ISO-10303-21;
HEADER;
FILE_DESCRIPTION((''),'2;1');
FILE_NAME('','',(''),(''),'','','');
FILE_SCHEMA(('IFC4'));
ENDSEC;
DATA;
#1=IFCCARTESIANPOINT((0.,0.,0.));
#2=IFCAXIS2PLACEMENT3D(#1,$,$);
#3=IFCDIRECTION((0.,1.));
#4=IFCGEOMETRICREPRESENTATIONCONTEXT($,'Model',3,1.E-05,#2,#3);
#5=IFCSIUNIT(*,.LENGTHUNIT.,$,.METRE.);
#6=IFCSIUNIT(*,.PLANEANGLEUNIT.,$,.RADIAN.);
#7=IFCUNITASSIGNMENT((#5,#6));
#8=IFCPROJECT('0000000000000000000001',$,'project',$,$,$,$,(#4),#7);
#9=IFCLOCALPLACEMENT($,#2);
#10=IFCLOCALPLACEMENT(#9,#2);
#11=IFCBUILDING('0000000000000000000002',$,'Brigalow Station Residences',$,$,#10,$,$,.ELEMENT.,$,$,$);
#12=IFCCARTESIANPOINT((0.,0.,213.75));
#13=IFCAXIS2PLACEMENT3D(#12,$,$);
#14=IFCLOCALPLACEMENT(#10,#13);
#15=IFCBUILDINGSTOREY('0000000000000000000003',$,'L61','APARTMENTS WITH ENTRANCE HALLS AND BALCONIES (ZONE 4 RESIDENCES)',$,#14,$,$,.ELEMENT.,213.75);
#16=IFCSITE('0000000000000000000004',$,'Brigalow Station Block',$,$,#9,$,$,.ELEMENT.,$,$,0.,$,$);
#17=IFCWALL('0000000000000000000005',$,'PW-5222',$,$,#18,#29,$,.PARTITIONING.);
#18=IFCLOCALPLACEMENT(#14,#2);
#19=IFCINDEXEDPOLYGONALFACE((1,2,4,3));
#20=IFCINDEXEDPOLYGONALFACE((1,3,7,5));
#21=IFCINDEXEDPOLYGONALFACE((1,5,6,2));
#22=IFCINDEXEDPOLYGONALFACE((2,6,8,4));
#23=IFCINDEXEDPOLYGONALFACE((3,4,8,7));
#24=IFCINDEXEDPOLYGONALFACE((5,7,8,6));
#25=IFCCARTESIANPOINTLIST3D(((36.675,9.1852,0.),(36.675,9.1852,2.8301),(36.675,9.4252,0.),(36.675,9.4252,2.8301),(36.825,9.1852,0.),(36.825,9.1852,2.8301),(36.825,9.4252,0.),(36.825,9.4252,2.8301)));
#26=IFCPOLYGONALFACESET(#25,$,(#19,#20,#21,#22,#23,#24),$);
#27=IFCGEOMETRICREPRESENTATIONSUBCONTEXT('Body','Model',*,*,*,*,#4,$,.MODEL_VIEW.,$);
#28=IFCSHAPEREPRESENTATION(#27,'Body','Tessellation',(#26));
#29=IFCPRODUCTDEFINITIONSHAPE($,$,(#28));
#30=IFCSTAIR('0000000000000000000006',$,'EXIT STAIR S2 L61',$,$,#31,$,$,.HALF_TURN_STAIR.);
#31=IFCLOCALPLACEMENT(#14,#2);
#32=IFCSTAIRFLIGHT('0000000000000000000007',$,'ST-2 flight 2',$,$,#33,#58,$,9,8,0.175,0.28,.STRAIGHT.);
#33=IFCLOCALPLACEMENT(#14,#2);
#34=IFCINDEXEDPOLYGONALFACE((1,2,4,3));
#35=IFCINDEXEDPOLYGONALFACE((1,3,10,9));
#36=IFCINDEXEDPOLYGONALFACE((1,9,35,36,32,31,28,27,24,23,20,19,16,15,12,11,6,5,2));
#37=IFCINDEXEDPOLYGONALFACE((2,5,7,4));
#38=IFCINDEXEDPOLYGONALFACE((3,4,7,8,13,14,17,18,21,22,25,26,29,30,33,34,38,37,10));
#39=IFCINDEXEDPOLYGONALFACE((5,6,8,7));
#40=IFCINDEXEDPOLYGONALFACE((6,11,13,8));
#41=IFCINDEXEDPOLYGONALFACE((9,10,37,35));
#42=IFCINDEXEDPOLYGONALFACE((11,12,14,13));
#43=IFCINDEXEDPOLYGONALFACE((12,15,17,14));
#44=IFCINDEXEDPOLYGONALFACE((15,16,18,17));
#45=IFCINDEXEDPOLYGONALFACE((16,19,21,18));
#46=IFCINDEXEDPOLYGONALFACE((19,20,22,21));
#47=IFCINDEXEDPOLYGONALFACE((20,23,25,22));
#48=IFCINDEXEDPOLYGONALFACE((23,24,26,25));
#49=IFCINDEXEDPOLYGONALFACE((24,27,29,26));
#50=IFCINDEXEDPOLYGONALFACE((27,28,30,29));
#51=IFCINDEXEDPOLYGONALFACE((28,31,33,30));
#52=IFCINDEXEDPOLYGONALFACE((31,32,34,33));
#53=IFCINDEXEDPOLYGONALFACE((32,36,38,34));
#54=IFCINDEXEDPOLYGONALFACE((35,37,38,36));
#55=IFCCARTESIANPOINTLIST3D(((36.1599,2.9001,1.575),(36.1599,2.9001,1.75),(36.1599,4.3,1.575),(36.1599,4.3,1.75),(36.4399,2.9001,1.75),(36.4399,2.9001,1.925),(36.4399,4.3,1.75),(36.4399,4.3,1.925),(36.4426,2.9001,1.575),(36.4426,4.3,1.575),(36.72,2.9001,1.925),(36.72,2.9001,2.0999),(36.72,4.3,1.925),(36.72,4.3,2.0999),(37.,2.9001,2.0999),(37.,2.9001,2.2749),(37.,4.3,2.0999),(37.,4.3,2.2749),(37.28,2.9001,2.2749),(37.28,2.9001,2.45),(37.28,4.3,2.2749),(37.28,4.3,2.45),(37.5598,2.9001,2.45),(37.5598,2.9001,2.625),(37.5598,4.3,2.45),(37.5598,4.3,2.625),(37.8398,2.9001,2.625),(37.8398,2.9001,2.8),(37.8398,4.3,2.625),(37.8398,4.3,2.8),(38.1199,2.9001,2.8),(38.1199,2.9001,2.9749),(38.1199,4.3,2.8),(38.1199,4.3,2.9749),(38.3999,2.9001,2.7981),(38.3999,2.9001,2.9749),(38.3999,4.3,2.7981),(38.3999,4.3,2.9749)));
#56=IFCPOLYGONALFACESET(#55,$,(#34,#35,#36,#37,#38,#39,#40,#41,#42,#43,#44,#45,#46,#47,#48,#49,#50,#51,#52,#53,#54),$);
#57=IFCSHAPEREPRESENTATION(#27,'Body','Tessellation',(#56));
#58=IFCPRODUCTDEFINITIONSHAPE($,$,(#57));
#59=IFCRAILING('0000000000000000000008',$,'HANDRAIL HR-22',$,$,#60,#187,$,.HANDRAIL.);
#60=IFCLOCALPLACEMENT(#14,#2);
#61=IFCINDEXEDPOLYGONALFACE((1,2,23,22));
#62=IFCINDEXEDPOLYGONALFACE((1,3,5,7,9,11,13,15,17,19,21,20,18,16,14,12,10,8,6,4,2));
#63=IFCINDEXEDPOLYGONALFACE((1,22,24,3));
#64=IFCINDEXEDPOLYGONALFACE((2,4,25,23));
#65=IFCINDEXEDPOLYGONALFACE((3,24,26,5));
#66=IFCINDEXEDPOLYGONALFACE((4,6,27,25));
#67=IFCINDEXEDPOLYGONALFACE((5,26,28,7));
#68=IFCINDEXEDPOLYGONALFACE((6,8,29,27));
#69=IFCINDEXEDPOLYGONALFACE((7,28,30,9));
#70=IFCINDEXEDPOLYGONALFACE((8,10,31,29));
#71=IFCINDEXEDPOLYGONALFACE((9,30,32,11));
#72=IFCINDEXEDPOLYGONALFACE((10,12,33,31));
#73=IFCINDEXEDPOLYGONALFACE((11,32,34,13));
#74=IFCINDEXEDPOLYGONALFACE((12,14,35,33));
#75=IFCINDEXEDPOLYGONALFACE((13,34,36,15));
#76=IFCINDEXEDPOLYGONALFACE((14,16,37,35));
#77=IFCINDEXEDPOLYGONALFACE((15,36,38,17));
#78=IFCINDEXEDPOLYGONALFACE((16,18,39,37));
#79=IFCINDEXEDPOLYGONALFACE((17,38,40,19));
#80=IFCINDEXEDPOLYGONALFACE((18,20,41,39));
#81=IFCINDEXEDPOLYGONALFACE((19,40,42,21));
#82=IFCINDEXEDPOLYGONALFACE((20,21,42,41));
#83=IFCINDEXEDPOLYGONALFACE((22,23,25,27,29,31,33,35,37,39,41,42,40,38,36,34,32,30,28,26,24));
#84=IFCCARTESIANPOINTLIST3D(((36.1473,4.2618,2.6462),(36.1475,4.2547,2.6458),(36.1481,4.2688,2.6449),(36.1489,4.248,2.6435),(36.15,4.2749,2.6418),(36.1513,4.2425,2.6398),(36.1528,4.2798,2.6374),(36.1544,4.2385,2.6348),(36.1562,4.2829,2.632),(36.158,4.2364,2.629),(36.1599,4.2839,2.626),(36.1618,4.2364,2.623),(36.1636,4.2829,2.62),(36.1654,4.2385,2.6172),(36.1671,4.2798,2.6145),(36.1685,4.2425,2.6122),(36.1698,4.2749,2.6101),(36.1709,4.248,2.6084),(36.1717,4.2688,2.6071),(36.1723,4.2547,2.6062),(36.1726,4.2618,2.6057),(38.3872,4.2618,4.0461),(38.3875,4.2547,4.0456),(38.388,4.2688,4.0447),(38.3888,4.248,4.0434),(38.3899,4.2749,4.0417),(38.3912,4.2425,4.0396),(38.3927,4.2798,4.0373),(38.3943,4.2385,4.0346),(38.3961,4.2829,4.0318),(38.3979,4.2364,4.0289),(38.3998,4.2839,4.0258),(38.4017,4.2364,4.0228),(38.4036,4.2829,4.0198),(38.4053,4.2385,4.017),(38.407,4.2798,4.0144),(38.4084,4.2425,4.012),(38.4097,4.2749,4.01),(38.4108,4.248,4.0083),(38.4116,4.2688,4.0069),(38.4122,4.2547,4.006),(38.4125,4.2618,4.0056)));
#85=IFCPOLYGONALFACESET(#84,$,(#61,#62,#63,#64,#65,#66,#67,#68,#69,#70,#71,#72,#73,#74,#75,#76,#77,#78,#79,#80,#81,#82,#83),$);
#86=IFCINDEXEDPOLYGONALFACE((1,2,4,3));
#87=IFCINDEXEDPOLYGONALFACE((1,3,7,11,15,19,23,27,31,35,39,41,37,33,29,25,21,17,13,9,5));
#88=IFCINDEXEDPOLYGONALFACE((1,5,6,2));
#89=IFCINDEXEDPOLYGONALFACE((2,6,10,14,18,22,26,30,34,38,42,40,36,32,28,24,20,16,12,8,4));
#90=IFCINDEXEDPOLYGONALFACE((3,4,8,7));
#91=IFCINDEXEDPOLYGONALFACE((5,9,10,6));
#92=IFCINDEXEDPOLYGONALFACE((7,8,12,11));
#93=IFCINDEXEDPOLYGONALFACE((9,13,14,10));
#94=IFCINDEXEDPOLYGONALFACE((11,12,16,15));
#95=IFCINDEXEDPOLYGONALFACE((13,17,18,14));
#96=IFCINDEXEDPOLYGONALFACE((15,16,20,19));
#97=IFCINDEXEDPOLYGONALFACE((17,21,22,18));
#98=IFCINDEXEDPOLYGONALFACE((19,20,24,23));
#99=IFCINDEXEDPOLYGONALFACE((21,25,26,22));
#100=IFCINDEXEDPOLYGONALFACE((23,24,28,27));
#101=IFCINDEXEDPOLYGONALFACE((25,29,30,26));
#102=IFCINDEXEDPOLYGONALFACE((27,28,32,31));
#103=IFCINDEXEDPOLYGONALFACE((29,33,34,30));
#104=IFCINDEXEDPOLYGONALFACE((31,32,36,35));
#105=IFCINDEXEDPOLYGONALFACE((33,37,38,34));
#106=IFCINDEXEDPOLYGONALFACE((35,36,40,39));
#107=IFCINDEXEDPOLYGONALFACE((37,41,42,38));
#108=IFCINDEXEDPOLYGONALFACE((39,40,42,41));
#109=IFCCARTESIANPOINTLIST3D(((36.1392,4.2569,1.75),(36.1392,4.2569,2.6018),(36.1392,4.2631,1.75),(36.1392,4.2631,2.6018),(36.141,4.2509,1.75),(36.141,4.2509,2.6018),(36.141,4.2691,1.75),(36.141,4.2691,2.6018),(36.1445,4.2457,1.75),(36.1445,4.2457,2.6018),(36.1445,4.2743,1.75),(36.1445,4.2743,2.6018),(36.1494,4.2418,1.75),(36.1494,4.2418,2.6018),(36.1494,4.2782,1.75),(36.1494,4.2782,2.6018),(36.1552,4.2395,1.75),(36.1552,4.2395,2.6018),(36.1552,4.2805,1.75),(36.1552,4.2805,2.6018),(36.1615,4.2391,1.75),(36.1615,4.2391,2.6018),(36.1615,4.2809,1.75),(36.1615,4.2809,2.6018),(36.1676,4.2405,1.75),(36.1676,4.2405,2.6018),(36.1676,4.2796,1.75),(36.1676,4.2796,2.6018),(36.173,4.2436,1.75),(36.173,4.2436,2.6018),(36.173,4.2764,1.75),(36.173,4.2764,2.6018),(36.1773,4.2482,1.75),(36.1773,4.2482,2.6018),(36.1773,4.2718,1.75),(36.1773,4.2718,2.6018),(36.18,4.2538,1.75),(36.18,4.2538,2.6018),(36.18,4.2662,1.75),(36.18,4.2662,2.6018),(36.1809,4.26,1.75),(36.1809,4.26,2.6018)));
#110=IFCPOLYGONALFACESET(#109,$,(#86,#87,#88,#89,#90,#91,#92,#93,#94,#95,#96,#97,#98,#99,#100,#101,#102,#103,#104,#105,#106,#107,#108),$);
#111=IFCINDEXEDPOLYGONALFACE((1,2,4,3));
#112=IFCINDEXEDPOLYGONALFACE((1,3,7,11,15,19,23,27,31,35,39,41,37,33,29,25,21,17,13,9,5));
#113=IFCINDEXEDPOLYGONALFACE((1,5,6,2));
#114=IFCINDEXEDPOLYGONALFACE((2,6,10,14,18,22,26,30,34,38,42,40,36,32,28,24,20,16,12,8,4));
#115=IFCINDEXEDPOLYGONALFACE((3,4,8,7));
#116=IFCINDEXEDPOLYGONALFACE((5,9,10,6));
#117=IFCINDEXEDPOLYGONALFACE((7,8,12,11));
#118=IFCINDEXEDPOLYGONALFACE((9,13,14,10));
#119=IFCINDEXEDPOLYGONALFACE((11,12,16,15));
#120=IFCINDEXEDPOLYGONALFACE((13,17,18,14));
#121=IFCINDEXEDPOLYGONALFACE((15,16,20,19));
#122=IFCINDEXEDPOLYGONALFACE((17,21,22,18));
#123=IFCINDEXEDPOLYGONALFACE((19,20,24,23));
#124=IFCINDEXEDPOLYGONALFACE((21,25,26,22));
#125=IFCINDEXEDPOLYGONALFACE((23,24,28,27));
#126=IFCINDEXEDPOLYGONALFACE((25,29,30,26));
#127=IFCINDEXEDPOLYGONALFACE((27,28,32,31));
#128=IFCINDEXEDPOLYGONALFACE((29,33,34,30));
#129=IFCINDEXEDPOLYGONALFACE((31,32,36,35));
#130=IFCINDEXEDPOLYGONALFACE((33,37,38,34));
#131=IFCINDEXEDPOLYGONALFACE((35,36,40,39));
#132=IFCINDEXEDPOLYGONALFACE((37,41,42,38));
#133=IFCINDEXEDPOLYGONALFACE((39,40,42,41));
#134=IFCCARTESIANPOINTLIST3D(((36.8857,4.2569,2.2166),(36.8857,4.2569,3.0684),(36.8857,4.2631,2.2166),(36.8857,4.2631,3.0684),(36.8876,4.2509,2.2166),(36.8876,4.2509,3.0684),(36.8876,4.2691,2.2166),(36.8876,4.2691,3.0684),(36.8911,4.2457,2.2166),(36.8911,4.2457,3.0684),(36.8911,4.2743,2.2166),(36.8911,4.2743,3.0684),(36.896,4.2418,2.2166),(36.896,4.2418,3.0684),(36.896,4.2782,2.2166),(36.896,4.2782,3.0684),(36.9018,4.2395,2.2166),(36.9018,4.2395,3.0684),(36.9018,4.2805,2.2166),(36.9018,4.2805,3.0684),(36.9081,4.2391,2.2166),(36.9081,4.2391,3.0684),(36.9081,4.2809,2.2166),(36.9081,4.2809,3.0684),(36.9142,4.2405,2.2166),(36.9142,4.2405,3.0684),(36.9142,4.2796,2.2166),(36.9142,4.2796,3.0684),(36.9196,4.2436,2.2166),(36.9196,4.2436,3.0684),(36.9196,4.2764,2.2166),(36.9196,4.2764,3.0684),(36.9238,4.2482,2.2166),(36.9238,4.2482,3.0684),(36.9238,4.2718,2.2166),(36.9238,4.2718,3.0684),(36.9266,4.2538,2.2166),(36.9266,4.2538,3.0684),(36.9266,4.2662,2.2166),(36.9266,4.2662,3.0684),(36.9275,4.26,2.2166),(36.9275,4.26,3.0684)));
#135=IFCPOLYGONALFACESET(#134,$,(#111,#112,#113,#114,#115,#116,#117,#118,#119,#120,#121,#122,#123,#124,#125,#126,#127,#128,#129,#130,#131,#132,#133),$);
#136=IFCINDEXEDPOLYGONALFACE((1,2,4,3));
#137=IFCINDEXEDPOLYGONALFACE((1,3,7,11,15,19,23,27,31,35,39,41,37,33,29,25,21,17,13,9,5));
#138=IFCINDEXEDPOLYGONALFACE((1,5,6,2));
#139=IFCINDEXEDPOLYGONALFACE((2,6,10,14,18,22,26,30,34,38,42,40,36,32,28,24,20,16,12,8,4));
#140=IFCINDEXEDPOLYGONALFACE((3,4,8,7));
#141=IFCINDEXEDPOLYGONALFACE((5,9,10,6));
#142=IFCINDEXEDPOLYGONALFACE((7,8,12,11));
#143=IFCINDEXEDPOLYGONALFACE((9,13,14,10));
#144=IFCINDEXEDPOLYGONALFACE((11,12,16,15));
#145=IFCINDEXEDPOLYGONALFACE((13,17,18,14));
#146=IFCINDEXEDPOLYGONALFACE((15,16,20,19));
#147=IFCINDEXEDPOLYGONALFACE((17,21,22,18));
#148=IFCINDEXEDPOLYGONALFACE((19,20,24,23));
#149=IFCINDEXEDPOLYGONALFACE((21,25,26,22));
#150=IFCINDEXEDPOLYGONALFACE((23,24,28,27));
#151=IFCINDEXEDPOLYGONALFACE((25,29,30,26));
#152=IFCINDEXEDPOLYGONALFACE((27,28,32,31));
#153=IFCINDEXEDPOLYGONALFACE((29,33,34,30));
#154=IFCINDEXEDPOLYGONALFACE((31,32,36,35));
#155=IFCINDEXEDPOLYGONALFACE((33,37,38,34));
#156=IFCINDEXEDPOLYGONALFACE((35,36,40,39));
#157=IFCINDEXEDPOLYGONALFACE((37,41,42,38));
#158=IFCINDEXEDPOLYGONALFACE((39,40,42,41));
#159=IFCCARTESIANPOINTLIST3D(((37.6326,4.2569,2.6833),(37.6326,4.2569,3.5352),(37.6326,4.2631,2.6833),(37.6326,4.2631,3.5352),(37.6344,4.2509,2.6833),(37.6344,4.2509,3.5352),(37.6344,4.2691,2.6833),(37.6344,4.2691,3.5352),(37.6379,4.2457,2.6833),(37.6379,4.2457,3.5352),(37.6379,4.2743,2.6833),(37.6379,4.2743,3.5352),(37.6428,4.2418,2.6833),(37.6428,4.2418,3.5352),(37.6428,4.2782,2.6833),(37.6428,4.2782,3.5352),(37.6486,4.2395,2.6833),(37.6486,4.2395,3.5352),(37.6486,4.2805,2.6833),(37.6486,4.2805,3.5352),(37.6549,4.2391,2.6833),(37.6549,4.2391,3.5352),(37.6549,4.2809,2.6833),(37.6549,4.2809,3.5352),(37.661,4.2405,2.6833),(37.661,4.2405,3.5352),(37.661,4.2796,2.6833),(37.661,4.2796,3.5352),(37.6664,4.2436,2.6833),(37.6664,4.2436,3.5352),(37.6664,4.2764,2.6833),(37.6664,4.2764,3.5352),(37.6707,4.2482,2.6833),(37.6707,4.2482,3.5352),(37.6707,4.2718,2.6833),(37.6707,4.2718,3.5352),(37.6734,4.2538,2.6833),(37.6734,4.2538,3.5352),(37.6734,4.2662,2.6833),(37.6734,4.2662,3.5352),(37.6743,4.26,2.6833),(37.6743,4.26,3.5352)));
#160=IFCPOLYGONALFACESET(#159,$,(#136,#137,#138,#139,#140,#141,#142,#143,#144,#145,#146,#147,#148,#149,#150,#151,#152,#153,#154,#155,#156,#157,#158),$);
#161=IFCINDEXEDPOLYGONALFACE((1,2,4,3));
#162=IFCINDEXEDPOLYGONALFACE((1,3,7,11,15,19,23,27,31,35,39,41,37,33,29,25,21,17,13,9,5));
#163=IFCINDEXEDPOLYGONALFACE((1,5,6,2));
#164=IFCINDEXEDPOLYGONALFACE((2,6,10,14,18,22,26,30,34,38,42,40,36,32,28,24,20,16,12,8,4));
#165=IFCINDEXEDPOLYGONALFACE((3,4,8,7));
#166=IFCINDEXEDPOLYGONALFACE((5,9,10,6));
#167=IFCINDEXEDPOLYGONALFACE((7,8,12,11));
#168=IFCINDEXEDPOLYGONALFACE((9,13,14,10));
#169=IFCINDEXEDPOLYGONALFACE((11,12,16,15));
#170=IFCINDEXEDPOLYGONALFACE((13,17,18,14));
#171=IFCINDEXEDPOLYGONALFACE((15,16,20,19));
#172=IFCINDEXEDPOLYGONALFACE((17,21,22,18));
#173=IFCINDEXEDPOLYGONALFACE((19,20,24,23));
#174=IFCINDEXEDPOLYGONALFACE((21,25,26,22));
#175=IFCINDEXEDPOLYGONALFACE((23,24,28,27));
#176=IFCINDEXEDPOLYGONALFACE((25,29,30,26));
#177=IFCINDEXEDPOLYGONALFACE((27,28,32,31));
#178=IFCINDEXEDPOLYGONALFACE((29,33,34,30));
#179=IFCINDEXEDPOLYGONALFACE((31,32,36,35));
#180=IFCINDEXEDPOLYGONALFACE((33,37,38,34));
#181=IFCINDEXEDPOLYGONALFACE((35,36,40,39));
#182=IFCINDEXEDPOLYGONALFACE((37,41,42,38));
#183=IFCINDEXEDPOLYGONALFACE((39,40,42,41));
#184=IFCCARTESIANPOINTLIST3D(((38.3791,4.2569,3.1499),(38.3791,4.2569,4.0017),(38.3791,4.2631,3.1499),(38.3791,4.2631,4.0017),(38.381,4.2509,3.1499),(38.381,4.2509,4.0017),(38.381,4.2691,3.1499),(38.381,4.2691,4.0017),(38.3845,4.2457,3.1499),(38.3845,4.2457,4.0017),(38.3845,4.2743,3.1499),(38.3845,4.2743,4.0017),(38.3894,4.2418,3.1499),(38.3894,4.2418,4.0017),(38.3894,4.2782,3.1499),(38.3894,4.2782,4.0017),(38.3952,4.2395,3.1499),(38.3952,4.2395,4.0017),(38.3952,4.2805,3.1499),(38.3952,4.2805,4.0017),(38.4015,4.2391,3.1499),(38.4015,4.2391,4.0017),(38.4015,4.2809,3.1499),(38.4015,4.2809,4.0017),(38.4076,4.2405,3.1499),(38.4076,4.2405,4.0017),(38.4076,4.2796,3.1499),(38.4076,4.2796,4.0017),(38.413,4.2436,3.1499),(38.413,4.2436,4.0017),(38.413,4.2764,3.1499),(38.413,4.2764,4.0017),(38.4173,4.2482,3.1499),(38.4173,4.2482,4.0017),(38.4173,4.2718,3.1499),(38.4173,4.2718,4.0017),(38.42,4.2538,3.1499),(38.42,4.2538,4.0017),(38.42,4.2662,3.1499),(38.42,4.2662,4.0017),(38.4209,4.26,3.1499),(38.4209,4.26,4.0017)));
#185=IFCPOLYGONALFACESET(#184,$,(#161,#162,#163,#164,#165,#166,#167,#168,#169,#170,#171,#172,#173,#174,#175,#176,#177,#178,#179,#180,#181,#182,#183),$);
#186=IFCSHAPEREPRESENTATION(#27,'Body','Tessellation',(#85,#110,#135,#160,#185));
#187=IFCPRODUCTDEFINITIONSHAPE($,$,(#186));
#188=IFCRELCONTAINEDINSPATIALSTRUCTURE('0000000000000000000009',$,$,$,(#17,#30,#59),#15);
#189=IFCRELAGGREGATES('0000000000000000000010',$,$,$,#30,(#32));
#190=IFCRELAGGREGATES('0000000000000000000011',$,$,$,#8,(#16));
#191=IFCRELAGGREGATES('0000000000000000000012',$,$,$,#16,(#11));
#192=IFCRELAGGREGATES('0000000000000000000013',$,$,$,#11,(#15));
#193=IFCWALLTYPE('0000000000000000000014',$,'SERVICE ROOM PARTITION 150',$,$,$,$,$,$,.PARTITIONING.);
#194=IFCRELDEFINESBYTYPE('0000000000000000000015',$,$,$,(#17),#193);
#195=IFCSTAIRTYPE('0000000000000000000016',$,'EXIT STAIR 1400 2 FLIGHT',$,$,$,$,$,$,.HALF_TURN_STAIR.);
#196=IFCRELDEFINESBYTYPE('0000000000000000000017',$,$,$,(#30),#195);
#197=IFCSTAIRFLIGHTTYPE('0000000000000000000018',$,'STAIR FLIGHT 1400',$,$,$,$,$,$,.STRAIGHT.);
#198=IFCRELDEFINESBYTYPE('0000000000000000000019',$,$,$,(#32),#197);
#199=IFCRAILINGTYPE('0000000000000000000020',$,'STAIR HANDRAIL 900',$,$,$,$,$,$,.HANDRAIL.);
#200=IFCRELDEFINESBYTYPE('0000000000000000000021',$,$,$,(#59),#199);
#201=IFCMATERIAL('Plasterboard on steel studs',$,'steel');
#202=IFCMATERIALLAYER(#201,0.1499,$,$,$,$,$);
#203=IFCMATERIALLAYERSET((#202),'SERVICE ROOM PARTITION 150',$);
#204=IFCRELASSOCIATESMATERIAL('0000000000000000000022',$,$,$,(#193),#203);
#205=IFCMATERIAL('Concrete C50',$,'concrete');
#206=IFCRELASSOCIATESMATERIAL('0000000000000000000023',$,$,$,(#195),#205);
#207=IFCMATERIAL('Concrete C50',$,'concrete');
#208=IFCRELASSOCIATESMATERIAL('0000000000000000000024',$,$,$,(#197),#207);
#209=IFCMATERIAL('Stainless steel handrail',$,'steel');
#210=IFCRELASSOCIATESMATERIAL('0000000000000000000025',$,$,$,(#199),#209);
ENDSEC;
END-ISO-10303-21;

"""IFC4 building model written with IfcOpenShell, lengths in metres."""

from ifc_helpers import new_model, si_unit, direction, frame, frame_2d, origin, origin_2d, place, context, subcontext, project, spatial, polyline, rectangle, circle, outline, extrude, material, layer, layer_set, type_object, element, aggregate, save


model = new_model("IFC4")

# Units and contexts
model_context = context("Model", 3, precision=1e-05, world=origin(), true_north=direction((0.0, 1.0)))
body_context = subcontext(model_context, "Body", "Model", "MODEL_VIEW")
ifc_project = project(units=[si_unit("LENGTHUNIT", "METRE"), si_unit("PLANEANGLEUNIT", "RADIAN")], contexts=[model_context])

# Site, building, storey
site_placement = place(None, origin())
site = spatial("IfcSite", under=ifc_project, at=site_placement, Name="Brigalow Station Block", CompositionType="ELEMENT", RefElevation=0.0)
building_placement = place(site_placement, origin())
building = spatial("IfcBuilding", under=site, at=building_placement, Name="Brigalow Station Residences", CompositionType="ELEMENT")
storey_placement = place(building_placement, frame((0.0, 0.0, 213.75)))
storey = spatial("IfcBuildingStorey", under=building, at=storey_placement, Name="L61", Description="APARTMENTS WITH ENTRANCE HALLS AND BALCONIES (ZONE 4 RESIDENCES)", CompositionType="ELEMENT", Elevation=213.75)

# Wall
ifc_material_1 = material(Name="Plasterboard on steel studs", Category="steel")
ifc_layer_1 = layer(ifc_material_1, 0.1499)
ifc_layer_set_1 = layer_set([ifc_layer_1], Name="SERVICE ROOM PARTITION 150")
wall_type_1 = type_object("IfcWallType", Name="SERVICE ROOM PARTITION 150", PredefinedType="PARTITIONING", material=ifc_layer_set_1)
wall_1_placement = place(storey_placement, frame((36.75, 9.1851, 0.0), z_axis=(0.0, 0.0, 1.0), x_axis=(0.0, 1.0, 0.0)))
element("IfcWall", 1, at=wall_1_placement, inside=storey, type_object=wall_type_1, Name="PW-5222", PredefinedType="PARTITIONING", context=body_context, shape_type="SweptSolid", body=[
    extrude(rectangle(XDim=0.24, YDim=0.1499, at=frame_2d((0.1201, 0.0))), origin(), (0.0, 0.0, 1.0), 2.8301),
])

# Stair, stair flight
ifc_material_2 = material(Name="Concrete C50", Category="concrete")
stair_type = type_object("IfcStairType", Name="EXIT STAIR 1400 2 FLIGHT", PredefinedType="HALF_TURN_STAIR", material=ifc_material_2)
stair_placement = place(storey_placement, origin())
stair = element("IfcStair", 2, at=stair_placement, inside=storey, type_object=stair_type, Name="EXIT STAIR S2 L61", PredefinedType="HALF_TURN_STAIR")
ifc_material_3 = material(Name="Concrete C50", Category="concrete")
stair_flight_type = type_object("IfcStairFlightType", Name="STAIR FLIGHT 1400", PredefinedType="STRAIGHT", material=ifc_material_3)
stair_flight_placement = place(storey_placement, frame((36.1599, 3.6001, 1.575), z_axis=(0.0, 0.0, 1.0), x_axis=(1.0, 0.0, 0.0)))
stair_flight = element("IfcStairFlight", 3, at=stair_flight_placement, type_object=stair_flight_type, Name="ST-2 flight 2", NumberOfRisers=9, NumberOfTreads=8, PredefinedType="STRAIGHT", RiserHeight=0.175, TreadLength=0.28, context=body_context, shape_type="SweptSolid", body=[
    extrude(outline(polyline([(0.0, 0.0), (0.0, 0.175), (0.28, 0.175), (0.28, 0.3501), (0.5601, 0.3501), (0.5601, 0.5249), (0.8401, 0.5249), (0.8401, 0.7), (1.1201, 0.7), (1.1201, 0.875), (1.3999, 0.875), (1.3999, 1.05), (1.6799, 1.05), (1.6799, 1.2251), (1.96, 1.2251), (1.96, 1.3999), (2.24, 1.3999), (2.24, 1.575), (2.24, 1.2231), (0.2827, 0.0), (0.0, 0.0)])), frame((0.0, 0.7, 0.0), z_axis=(0.0, -1.0, 0.0), x_axis=(1.0, 0.0, 0.0)), (0.0, 0.0, 1.0), 1.3999),
])
aggregate(stair, [stair_flight])

# Railing
ifc_material_4 = material(Name="Stainless steel handrail", Category="steel")
railing_type = type_object("IfcRailingType", Name="STAIR HANDRAIL 900", PredefinedType="HANDRAIL", material=ifc_material_4)
railing_placement = place(storey_placement, frame((36.1599, 4.26, 1.75)))
element("IfcRailing", 4, at=railing_placement, inside=storey, type_object=railing_type, Name="HANDRAIL HR-22", PredefinedType="HANDRAIL", context=body_context, shape_type="SweptSolid", body=[
    extrude(circle(Radius=0.0239, at=origin_2d()), frame((0.0, 0.0, 0.876), z_axis=(0.848014, 0.0, 0.529974), x_axis=(0.0, 1.0, 0.0)), (0.0, 0.0, 1.0), 2.6414),
    extrude(circle(Radius=0.021, at=origin_2d()), origin(), (0.0, 0.0, 1.0), 0.8518),
    extrude(circle(Radius=0.021, at=origin_2d()), frame((0.7466, 0.0, 0.4666)), (0.0, 0.0, 1.0), 0.8518),
    extrude(circle(Radius=0.021, at=origin_2d()), frame((1.4934, 0.0, 0.9333)), (0.0, 0.0, 1.0), 0.8518),
    extrude(circle(Radius=0.021, at=origin_2d()), frame((2.24, 0.0, 1.3999)), (0.0, 0.0, 1.0), 0.8518),
])

save(model, "model.ifc")
